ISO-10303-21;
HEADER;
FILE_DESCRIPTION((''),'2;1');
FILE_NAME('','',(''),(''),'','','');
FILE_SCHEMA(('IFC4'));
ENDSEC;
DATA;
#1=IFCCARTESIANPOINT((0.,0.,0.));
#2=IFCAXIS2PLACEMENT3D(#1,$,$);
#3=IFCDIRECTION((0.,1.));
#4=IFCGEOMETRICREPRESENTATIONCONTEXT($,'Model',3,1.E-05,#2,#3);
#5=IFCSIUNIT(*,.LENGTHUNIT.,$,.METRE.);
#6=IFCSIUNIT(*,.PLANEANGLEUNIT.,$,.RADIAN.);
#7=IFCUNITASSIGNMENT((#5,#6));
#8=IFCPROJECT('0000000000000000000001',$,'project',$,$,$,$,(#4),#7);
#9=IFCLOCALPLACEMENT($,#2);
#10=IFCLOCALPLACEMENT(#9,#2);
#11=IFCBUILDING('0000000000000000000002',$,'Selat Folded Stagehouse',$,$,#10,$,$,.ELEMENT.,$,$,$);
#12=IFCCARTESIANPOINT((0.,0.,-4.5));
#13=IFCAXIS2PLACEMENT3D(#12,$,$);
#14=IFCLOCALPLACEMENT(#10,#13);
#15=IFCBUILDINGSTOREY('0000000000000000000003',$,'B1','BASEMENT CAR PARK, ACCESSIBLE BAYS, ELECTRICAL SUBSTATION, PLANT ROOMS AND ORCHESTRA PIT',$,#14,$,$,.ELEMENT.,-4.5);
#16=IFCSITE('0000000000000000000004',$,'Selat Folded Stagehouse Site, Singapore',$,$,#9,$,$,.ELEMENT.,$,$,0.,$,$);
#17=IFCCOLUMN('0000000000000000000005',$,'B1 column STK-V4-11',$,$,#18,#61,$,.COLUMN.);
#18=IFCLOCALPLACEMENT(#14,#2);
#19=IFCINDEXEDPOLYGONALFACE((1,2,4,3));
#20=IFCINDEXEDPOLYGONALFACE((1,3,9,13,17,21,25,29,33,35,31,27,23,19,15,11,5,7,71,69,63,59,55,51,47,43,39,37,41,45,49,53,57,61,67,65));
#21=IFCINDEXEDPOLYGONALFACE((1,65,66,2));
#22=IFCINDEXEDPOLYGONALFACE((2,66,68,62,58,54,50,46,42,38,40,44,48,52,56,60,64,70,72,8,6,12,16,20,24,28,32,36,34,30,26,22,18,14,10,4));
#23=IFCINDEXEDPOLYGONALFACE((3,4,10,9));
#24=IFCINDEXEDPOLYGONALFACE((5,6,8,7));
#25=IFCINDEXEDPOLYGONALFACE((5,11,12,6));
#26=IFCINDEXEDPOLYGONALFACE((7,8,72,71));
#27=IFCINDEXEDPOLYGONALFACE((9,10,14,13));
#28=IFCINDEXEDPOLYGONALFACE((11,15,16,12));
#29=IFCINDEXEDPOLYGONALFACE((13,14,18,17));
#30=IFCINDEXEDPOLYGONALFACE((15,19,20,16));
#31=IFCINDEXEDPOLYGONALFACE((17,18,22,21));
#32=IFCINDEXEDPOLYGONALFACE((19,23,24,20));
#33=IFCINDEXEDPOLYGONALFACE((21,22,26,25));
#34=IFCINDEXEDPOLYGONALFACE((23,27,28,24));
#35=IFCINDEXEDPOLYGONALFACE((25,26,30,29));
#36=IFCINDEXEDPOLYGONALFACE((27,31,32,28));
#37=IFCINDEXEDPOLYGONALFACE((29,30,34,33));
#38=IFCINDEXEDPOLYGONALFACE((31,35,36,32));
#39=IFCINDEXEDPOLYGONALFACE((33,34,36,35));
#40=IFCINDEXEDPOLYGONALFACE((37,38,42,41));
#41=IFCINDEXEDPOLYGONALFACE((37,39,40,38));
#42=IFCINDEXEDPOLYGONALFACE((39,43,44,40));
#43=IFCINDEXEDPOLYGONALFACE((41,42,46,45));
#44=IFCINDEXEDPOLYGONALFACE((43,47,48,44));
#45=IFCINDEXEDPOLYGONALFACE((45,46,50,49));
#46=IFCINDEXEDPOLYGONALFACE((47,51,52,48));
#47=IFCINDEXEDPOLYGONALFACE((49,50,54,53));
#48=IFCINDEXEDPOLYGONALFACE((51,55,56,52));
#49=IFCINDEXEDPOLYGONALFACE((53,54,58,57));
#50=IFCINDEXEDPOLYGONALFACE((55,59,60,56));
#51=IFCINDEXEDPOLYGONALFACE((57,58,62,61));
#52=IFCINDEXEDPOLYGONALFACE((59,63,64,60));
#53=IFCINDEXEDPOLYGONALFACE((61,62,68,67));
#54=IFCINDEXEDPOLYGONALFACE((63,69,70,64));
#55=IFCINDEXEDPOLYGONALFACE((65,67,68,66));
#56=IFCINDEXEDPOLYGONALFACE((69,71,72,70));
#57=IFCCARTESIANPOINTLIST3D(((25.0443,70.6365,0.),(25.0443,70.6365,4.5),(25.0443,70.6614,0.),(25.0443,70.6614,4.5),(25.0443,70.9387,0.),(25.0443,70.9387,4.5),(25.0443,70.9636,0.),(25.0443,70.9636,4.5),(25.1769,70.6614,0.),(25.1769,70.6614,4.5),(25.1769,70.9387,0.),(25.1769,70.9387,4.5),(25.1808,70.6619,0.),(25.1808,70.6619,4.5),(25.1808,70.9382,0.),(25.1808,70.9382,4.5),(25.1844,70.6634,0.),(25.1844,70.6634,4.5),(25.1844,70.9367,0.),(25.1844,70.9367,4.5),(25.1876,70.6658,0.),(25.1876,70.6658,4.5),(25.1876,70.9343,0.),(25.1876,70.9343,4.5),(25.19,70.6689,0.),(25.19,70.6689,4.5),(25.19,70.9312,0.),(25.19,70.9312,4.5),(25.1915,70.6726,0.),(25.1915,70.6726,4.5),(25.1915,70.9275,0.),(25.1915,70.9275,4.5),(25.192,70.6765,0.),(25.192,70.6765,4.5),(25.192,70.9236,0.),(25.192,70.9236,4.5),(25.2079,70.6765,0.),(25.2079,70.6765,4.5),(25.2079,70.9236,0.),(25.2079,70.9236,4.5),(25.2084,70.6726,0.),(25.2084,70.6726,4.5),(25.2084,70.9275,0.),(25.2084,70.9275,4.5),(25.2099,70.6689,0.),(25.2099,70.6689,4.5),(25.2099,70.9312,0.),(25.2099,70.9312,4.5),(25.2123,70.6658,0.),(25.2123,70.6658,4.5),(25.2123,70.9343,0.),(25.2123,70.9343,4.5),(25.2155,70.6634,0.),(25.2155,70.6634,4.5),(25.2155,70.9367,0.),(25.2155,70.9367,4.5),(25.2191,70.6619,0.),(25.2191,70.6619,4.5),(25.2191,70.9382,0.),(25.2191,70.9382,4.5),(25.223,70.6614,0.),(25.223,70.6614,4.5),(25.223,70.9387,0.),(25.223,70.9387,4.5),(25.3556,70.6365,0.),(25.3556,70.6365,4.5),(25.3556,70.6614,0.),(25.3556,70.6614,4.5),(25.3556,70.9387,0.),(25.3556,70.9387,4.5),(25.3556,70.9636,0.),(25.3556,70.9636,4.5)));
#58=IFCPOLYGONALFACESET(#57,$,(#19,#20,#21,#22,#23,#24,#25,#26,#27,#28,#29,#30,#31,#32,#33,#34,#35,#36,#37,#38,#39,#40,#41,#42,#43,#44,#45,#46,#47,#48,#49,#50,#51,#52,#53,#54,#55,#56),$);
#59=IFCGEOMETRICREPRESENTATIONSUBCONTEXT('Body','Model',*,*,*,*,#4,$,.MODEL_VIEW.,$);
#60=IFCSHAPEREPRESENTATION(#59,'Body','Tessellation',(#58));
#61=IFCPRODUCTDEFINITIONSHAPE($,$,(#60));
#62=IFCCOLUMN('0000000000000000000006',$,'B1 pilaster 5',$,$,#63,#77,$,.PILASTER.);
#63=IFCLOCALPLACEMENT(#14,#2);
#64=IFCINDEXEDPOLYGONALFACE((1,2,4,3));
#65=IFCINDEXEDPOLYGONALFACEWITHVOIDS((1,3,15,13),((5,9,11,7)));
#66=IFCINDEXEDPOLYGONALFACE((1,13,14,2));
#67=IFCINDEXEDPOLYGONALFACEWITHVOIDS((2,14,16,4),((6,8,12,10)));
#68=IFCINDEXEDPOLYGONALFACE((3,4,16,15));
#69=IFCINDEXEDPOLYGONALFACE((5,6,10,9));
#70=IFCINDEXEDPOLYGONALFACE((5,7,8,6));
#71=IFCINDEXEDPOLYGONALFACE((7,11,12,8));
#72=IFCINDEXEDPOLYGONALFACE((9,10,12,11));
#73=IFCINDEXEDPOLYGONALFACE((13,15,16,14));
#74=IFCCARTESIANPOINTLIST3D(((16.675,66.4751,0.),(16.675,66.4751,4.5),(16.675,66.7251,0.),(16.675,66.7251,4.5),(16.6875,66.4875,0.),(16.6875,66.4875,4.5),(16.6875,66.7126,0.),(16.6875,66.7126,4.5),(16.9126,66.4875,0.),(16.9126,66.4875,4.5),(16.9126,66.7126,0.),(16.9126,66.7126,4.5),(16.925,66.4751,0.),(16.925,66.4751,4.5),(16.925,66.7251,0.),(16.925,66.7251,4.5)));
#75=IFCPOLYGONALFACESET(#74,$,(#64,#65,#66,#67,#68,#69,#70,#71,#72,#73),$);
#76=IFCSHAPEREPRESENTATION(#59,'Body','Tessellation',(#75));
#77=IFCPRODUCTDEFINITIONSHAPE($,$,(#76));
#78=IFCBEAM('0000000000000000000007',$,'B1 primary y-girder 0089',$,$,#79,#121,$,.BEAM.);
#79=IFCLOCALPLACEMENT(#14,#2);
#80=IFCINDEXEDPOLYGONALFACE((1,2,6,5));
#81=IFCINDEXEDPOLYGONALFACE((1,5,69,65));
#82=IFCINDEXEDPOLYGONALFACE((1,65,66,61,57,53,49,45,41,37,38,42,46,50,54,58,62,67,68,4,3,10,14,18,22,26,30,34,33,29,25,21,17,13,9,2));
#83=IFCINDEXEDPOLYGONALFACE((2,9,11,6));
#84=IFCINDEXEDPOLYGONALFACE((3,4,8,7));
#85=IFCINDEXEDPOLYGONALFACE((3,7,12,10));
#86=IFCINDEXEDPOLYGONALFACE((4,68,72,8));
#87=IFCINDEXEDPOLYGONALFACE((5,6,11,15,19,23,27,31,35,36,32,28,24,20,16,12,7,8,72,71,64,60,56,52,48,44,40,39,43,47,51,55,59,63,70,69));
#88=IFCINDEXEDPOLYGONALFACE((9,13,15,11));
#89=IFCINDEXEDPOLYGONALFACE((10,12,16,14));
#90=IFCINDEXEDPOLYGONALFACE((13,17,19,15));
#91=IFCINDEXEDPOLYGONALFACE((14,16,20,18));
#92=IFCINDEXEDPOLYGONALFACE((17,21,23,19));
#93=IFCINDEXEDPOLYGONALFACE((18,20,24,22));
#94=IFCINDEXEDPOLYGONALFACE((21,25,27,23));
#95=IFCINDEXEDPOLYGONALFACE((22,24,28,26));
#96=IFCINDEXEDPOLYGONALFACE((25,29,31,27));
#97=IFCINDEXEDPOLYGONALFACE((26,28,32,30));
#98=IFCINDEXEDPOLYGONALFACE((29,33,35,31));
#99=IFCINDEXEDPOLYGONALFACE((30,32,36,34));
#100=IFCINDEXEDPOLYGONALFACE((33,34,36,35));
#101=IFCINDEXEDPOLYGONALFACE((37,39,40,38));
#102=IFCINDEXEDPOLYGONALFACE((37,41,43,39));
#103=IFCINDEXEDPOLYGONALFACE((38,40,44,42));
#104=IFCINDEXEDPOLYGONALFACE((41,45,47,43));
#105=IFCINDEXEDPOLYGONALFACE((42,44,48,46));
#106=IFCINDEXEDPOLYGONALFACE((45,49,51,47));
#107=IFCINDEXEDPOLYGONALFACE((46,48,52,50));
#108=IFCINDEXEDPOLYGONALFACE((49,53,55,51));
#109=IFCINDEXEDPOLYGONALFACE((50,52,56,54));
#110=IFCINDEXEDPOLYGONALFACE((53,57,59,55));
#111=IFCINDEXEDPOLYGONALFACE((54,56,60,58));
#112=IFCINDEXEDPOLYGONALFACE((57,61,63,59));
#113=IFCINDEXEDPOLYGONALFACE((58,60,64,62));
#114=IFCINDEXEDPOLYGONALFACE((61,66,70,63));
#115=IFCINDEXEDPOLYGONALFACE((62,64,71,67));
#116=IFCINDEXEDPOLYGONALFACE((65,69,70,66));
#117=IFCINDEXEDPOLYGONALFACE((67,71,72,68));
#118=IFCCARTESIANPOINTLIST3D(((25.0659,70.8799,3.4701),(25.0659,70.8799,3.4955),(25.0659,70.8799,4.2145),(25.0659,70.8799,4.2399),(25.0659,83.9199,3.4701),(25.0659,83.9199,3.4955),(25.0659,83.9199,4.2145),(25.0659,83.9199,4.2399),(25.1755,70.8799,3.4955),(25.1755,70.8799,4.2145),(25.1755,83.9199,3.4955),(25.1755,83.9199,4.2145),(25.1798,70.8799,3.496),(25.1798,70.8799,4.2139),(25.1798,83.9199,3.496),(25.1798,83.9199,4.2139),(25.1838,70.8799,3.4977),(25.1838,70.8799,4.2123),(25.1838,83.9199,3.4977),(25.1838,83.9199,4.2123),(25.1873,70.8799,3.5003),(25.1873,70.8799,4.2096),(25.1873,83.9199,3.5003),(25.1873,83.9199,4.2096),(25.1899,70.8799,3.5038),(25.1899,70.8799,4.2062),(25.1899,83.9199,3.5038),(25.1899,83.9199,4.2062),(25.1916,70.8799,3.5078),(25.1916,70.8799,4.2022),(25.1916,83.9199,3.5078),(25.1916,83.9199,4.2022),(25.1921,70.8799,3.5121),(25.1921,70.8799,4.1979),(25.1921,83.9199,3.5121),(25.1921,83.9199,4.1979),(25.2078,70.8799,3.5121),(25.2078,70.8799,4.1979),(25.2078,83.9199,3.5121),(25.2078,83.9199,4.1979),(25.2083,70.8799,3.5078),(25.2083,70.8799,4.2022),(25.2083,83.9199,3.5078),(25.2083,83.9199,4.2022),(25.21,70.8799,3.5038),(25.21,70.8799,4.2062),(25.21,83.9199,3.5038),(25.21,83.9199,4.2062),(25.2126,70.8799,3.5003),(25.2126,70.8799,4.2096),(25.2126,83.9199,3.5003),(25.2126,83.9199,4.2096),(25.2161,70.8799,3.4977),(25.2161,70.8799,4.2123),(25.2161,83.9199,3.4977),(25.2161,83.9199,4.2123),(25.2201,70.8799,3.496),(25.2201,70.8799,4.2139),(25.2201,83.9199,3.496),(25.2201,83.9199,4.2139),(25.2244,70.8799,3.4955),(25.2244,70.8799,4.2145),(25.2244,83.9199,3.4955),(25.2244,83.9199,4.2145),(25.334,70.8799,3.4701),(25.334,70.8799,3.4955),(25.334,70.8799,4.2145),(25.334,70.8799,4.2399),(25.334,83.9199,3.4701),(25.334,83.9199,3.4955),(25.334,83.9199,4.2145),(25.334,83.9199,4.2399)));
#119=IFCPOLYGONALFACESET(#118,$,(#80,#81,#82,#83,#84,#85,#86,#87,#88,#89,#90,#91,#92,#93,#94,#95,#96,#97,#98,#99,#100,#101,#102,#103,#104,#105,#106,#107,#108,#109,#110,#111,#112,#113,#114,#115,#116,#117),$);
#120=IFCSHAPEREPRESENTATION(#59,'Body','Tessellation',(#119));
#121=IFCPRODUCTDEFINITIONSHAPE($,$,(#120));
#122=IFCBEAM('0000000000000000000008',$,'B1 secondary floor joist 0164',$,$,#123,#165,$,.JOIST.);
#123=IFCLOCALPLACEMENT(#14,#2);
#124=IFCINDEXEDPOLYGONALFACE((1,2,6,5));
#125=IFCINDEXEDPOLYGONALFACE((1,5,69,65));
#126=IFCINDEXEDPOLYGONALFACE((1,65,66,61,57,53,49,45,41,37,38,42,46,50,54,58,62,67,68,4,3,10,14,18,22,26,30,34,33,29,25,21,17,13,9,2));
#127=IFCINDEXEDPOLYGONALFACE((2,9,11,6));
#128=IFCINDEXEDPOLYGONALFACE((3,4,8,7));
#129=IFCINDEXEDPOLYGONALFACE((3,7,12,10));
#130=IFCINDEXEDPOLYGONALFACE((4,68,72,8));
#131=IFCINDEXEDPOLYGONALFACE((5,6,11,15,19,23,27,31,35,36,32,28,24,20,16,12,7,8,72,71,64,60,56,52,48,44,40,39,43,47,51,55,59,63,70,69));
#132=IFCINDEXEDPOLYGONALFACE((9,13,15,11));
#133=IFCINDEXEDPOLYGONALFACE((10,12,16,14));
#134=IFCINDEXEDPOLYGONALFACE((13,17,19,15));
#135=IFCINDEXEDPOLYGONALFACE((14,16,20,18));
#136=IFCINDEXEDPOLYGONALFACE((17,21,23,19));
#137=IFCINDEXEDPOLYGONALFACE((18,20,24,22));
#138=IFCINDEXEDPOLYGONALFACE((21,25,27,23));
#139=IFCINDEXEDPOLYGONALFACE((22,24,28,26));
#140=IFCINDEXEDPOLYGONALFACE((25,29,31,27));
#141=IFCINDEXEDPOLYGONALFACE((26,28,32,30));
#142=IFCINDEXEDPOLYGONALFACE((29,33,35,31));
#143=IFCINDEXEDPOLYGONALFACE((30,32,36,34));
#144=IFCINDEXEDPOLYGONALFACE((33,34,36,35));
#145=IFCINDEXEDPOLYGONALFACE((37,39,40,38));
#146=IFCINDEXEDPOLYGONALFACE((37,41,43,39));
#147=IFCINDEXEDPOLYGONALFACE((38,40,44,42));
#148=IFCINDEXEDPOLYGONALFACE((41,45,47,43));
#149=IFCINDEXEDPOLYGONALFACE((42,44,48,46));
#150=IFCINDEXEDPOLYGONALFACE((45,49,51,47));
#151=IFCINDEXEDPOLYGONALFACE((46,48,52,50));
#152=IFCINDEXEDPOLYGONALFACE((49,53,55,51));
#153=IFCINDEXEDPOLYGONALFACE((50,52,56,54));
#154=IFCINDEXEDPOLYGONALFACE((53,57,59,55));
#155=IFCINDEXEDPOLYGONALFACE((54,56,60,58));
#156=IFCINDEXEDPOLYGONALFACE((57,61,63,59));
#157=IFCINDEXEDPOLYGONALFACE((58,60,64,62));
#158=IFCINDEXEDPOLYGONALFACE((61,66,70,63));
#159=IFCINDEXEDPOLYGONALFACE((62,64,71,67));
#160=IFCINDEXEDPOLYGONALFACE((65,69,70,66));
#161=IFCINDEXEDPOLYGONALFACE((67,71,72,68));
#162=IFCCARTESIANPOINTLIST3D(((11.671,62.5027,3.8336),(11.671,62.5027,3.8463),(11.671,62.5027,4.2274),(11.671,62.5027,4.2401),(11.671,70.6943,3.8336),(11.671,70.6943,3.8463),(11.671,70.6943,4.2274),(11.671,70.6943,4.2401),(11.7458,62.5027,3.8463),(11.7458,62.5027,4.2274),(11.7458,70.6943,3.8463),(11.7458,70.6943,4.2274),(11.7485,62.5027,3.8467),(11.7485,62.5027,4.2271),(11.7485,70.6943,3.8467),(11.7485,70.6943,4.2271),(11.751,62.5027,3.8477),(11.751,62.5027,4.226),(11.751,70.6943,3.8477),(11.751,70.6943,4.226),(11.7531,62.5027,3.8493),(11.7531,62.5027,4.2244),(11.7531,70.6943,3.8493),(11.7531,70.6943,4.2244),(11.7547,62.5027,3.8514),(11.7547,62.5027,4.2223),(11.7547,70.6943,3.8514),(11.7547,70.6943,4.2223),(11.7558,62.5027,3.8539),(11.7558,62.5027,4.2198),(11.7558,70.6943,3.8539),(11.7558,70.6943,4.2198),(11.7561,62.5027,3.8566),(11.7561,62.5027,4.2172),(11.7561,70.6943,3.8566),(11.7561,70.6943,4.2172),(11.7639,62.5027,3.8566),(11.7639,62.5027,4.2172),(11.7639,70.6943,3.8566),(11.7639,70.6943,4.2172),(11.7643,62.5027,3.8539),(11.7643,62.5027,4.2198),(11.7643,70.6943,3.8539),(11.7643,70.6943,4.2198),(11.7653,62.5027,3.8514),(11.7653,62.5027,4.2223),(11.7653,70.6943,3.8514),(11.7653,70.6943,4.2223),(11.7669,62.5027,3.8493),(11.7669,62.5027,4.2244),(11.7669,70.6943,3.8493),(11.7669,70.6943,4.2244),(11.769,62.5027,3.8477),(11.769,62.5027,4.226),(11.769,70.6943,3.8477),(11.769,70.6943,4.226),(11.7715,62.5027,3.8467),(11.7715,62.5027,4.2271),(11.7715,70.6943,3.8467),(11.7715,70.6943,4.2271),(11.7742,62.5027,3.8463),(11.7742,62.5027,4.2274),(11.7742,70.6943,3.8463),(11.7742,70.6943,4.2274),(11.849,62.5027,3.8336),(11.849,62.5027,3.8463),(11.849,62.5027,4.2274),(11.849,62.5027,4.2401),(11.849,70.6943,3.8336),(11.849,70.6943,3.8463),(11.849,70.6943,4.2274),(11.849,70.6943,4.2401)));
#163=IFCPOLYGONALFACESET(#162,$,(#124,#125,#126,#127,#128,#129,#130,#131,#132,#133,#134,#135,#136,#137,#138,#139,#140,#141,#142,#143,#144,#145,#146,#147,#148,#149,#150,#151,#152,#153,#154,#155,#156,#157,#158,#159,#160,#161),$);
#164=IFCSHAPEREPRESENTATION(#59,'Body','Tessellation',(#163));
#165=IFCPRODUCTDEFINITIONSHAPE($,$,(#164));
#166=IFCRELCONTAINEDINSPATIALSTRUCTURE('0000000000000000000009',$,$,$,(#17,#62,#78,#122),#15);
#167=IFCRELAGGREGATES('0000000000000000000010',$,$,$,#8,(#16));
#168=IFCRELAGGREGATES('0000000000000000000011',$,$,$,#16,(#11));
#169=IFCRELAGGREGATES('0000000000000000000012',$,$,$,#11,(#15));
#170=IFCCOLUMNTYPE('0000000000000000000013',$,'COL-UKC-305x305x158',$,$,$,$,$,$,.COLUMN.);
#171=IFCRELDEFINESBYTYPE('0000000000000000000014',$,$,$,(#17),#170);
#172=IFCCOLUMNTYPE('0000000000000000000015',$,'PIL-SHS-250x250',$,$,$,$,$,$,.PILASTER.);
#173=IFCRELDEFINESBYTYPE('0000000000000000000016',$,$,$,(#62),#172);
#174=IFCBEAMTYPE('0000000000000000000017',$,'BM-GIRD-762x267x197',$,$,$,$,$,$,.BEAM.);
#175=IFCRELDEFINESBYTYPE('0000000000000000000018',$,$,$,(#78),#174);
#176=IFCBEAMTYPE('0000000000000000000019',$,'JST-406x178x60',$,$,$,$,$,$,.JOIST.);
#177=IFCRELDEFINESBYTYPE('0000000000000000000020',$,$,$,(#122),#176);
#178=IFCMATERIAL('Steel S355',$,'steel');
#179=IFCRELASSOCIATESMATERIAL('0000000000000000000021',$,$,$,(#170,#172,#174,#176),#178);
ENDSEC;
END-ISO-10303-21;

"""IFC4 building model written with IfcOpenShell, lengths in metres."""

from ifc_helpers import new_model, si_unit, direction, frame, origin, origin_2d, place, context, subcontext, project, spatial, hollow_rectangle, i_section, extrude, material, material_profile, profile_set, type_object, element, save


model = new_model("IFC4")

# Units and contexts
model_context = context("Model", 3, precision=1e-05, world=origin(), true_north=direction((0.0, 1.0)))
body_context = subcontext(model_context, "Body", "Model", "MODEL_VIEW")
ifc_project = project(units=[si_unit("LENGTHUNIT", "METRE"), si_unit("PLANEANGLEUNIT", "RADIAN")], contexts=[model_context])

# Site, building, storey
site_placement = place(None, origin())
site = spatial("IfcSite", under=ifc_project, at=site_placement, Name="Selat Folded Stagehouse Site, Singapore", CompositionType="ELEMENT", RefElevation=0.0)
building_placement = place(site_placement, origin())
building = spatial("IfcBuilding", under=site, at=building_placement, Name="Selat Folded Stagehouse", CompositionType="ELEMENT")
storey_placement = place(building_placement, frame((0.0, 0.0, -4.5)))
storey = spatial("IfcBuildingStorey", under=building, at=storey_placement, Name="B1", Description="BASEMENT CAR PARK, ACCESSIBLE BAYS, ELECTRICAL SUBSTATION, PLANT ROOMS AND ORCHESTRA PIT", CompositionType="ELEMENT", Elevation=-4.5)

# Columns
ifc_material_1 = material(Name="Steel S355", Category="steel")
ifc_material_profile_1 = material_profile(ifc_material_1, i_section(OverallWidth=0.3113, OverallDepth=0.3271, WebThickness=0.0159, FlangeThickness=0.0249, FilletRadius=0.0151, at=origin_2d()), Name="UKC 305x305x158")
ifc_profile_set_1 = profile_set([ifc_material_profile_1], Name="Steel S355")
column_type_1 = type_object("IfcColumnType", Name="COL-UKC-305x305x158", PredefinedType="COLUMN", material=ifc_profile_set_1)
column_1_placement = place(storey_placement, frame((25.2, 70.8, 0.0), z_axis=(0.0, 0.0, 1.0), x_axis=(1.0, 0.0, 0.0)))
element("IfcColumn", 1, at=column_1_placement, inside=storey, type_object=column_type_1, Name="B1 column STK-V4-11", PredefinedType="COLUMN", context=body_context, shape_type="SweptSolid", body=[
    extrude(i_section(OverallWidth=0.3113, OverallDepth=0.3271, WebThickness=0.0159, FlangeThickness=0.0249, FilletRadius=0.0151, at=origin_2d()), origin(), (0.0, 0.0, 1.0), 4.5),
])
ifc_material_profile_2 = material_profile(ifc_material_1, hollow_rectangle(XDim=0.25, YDim=0.25, WallThickness=0.0125, at=origin_2d()), Name="SHS 250x250x12.5")
ifc_profile_set_2 = profile_set([ifc_material_profile_2], Name="Steel S355")
column_type_2 = type_object("IfcColumnType", Name="PIL-SHS-250x250", PredefinedType="PILASTER", material=ifc_profile_set_2)
column_2_placement = place(storey_placement, frame((16.8, 66.6001, 0.0), z_axis=(0.0, 0.0, 1.0), x_axis=(1.0, 0.0, 0.0)))
element("IfcColumn", 2, at=column_2_placement, inside=storey, type_object=column_type_2, Name="B1 pilaster 5", PredefinedType="PILASTER", context=body_context, shape_type="SweptSolid", body=[
    extrude(hollow_rectangle(XDim=0.25, YDim=0.25, WallThickness=0.0125, at=origin_2d()), origin(), (0.0, 0.0, 1.0), 4.5),
])

# Beams
ifc_material_profile_3 = material_profile(ifc_material_1, i_section(OverallWidth=0.2681, OverallDepth=0.7698, WebThickness=0.0156, FlangeThickness=0.0254, FilletRadius=0.0166, at=origin_2d()), Name="UKB 762x267x197")
ifc_profile_set_3 = profile_set([ifc_material_profile_3], Name="Steel S355")
beam_type_1 = type_object("IfcBeamType", Name="BM-GIRD-762x267x197", PredefinedType="BEAM", material=ifc_profile_set_3)
beam_placement = place(storey_placement, frame((25.2, 70.8799, 3.855), z_axis=(0.0, 1.0, 0.0), x_axis=(-1.0, 0.0, 0.0)))
element("IfcBeam", 3, at=beam_placement, inside=storey, type_object=beam_type_1, Name="B1 primary y-girder 0089", PredefinedType="BEAM", context=body_context, shape_type="SweptSolid", body=[
    extrude(i_section(OverallWidth=0.2681, OverallDepth=0.7698, WebThickness=0.0156, FlangeThickness=0.0254, FilletRadius=0.0166, at=origin_2d()), origin(), (0.0, 0.0, 1.0), 13.04),
])
ifc_material_profile_4 = material_profile(ifc_material_1, i_section(OverallWidth=0.178, OverallDepth=0.4065, WebThickness=0.0078, FlangeThickness=0.0127, FilletRadius=0.0103, at=origin_2d()), Name="UKB 406x178x60")
ifc_profile_set_4 = profile_set([ifc_material_profile_4], Name="Steel S355")
beam_type_2 = type_object("IfcBeamType", Name="JST-406x178x60", PredefinedType="JOIST", material=ifc_profile_set_4)
for number, where, z_axis, x_axis, name in (
    (4, (11.76, 62.5027, 4.0369), (0.0, 1.0, 0.0), (-1.0, 0.0, 0.0), "B1 secondary floor joist 0164"),
):
    element("IfcBeam", number, at=place(storey_placement, frame(where, z_axis=z_axis, x_axis=x_axis)), inside=storey, type_object=beam_type_2, Name=name, PredefinedType="JOIST", context=body_context, shape_type="SweptSolid", body=[
        extrude(i_section(OverallWidth=0.178, OverallDepth=0.4065, WebThickness=0.0078, FlangeThickness=0.0127, FilletRadius=0.0103, at=origin_2d()), origin(), (0.0, 0.0, 1.0), 8.1917),
    ])

save(model, "model.ifc")
